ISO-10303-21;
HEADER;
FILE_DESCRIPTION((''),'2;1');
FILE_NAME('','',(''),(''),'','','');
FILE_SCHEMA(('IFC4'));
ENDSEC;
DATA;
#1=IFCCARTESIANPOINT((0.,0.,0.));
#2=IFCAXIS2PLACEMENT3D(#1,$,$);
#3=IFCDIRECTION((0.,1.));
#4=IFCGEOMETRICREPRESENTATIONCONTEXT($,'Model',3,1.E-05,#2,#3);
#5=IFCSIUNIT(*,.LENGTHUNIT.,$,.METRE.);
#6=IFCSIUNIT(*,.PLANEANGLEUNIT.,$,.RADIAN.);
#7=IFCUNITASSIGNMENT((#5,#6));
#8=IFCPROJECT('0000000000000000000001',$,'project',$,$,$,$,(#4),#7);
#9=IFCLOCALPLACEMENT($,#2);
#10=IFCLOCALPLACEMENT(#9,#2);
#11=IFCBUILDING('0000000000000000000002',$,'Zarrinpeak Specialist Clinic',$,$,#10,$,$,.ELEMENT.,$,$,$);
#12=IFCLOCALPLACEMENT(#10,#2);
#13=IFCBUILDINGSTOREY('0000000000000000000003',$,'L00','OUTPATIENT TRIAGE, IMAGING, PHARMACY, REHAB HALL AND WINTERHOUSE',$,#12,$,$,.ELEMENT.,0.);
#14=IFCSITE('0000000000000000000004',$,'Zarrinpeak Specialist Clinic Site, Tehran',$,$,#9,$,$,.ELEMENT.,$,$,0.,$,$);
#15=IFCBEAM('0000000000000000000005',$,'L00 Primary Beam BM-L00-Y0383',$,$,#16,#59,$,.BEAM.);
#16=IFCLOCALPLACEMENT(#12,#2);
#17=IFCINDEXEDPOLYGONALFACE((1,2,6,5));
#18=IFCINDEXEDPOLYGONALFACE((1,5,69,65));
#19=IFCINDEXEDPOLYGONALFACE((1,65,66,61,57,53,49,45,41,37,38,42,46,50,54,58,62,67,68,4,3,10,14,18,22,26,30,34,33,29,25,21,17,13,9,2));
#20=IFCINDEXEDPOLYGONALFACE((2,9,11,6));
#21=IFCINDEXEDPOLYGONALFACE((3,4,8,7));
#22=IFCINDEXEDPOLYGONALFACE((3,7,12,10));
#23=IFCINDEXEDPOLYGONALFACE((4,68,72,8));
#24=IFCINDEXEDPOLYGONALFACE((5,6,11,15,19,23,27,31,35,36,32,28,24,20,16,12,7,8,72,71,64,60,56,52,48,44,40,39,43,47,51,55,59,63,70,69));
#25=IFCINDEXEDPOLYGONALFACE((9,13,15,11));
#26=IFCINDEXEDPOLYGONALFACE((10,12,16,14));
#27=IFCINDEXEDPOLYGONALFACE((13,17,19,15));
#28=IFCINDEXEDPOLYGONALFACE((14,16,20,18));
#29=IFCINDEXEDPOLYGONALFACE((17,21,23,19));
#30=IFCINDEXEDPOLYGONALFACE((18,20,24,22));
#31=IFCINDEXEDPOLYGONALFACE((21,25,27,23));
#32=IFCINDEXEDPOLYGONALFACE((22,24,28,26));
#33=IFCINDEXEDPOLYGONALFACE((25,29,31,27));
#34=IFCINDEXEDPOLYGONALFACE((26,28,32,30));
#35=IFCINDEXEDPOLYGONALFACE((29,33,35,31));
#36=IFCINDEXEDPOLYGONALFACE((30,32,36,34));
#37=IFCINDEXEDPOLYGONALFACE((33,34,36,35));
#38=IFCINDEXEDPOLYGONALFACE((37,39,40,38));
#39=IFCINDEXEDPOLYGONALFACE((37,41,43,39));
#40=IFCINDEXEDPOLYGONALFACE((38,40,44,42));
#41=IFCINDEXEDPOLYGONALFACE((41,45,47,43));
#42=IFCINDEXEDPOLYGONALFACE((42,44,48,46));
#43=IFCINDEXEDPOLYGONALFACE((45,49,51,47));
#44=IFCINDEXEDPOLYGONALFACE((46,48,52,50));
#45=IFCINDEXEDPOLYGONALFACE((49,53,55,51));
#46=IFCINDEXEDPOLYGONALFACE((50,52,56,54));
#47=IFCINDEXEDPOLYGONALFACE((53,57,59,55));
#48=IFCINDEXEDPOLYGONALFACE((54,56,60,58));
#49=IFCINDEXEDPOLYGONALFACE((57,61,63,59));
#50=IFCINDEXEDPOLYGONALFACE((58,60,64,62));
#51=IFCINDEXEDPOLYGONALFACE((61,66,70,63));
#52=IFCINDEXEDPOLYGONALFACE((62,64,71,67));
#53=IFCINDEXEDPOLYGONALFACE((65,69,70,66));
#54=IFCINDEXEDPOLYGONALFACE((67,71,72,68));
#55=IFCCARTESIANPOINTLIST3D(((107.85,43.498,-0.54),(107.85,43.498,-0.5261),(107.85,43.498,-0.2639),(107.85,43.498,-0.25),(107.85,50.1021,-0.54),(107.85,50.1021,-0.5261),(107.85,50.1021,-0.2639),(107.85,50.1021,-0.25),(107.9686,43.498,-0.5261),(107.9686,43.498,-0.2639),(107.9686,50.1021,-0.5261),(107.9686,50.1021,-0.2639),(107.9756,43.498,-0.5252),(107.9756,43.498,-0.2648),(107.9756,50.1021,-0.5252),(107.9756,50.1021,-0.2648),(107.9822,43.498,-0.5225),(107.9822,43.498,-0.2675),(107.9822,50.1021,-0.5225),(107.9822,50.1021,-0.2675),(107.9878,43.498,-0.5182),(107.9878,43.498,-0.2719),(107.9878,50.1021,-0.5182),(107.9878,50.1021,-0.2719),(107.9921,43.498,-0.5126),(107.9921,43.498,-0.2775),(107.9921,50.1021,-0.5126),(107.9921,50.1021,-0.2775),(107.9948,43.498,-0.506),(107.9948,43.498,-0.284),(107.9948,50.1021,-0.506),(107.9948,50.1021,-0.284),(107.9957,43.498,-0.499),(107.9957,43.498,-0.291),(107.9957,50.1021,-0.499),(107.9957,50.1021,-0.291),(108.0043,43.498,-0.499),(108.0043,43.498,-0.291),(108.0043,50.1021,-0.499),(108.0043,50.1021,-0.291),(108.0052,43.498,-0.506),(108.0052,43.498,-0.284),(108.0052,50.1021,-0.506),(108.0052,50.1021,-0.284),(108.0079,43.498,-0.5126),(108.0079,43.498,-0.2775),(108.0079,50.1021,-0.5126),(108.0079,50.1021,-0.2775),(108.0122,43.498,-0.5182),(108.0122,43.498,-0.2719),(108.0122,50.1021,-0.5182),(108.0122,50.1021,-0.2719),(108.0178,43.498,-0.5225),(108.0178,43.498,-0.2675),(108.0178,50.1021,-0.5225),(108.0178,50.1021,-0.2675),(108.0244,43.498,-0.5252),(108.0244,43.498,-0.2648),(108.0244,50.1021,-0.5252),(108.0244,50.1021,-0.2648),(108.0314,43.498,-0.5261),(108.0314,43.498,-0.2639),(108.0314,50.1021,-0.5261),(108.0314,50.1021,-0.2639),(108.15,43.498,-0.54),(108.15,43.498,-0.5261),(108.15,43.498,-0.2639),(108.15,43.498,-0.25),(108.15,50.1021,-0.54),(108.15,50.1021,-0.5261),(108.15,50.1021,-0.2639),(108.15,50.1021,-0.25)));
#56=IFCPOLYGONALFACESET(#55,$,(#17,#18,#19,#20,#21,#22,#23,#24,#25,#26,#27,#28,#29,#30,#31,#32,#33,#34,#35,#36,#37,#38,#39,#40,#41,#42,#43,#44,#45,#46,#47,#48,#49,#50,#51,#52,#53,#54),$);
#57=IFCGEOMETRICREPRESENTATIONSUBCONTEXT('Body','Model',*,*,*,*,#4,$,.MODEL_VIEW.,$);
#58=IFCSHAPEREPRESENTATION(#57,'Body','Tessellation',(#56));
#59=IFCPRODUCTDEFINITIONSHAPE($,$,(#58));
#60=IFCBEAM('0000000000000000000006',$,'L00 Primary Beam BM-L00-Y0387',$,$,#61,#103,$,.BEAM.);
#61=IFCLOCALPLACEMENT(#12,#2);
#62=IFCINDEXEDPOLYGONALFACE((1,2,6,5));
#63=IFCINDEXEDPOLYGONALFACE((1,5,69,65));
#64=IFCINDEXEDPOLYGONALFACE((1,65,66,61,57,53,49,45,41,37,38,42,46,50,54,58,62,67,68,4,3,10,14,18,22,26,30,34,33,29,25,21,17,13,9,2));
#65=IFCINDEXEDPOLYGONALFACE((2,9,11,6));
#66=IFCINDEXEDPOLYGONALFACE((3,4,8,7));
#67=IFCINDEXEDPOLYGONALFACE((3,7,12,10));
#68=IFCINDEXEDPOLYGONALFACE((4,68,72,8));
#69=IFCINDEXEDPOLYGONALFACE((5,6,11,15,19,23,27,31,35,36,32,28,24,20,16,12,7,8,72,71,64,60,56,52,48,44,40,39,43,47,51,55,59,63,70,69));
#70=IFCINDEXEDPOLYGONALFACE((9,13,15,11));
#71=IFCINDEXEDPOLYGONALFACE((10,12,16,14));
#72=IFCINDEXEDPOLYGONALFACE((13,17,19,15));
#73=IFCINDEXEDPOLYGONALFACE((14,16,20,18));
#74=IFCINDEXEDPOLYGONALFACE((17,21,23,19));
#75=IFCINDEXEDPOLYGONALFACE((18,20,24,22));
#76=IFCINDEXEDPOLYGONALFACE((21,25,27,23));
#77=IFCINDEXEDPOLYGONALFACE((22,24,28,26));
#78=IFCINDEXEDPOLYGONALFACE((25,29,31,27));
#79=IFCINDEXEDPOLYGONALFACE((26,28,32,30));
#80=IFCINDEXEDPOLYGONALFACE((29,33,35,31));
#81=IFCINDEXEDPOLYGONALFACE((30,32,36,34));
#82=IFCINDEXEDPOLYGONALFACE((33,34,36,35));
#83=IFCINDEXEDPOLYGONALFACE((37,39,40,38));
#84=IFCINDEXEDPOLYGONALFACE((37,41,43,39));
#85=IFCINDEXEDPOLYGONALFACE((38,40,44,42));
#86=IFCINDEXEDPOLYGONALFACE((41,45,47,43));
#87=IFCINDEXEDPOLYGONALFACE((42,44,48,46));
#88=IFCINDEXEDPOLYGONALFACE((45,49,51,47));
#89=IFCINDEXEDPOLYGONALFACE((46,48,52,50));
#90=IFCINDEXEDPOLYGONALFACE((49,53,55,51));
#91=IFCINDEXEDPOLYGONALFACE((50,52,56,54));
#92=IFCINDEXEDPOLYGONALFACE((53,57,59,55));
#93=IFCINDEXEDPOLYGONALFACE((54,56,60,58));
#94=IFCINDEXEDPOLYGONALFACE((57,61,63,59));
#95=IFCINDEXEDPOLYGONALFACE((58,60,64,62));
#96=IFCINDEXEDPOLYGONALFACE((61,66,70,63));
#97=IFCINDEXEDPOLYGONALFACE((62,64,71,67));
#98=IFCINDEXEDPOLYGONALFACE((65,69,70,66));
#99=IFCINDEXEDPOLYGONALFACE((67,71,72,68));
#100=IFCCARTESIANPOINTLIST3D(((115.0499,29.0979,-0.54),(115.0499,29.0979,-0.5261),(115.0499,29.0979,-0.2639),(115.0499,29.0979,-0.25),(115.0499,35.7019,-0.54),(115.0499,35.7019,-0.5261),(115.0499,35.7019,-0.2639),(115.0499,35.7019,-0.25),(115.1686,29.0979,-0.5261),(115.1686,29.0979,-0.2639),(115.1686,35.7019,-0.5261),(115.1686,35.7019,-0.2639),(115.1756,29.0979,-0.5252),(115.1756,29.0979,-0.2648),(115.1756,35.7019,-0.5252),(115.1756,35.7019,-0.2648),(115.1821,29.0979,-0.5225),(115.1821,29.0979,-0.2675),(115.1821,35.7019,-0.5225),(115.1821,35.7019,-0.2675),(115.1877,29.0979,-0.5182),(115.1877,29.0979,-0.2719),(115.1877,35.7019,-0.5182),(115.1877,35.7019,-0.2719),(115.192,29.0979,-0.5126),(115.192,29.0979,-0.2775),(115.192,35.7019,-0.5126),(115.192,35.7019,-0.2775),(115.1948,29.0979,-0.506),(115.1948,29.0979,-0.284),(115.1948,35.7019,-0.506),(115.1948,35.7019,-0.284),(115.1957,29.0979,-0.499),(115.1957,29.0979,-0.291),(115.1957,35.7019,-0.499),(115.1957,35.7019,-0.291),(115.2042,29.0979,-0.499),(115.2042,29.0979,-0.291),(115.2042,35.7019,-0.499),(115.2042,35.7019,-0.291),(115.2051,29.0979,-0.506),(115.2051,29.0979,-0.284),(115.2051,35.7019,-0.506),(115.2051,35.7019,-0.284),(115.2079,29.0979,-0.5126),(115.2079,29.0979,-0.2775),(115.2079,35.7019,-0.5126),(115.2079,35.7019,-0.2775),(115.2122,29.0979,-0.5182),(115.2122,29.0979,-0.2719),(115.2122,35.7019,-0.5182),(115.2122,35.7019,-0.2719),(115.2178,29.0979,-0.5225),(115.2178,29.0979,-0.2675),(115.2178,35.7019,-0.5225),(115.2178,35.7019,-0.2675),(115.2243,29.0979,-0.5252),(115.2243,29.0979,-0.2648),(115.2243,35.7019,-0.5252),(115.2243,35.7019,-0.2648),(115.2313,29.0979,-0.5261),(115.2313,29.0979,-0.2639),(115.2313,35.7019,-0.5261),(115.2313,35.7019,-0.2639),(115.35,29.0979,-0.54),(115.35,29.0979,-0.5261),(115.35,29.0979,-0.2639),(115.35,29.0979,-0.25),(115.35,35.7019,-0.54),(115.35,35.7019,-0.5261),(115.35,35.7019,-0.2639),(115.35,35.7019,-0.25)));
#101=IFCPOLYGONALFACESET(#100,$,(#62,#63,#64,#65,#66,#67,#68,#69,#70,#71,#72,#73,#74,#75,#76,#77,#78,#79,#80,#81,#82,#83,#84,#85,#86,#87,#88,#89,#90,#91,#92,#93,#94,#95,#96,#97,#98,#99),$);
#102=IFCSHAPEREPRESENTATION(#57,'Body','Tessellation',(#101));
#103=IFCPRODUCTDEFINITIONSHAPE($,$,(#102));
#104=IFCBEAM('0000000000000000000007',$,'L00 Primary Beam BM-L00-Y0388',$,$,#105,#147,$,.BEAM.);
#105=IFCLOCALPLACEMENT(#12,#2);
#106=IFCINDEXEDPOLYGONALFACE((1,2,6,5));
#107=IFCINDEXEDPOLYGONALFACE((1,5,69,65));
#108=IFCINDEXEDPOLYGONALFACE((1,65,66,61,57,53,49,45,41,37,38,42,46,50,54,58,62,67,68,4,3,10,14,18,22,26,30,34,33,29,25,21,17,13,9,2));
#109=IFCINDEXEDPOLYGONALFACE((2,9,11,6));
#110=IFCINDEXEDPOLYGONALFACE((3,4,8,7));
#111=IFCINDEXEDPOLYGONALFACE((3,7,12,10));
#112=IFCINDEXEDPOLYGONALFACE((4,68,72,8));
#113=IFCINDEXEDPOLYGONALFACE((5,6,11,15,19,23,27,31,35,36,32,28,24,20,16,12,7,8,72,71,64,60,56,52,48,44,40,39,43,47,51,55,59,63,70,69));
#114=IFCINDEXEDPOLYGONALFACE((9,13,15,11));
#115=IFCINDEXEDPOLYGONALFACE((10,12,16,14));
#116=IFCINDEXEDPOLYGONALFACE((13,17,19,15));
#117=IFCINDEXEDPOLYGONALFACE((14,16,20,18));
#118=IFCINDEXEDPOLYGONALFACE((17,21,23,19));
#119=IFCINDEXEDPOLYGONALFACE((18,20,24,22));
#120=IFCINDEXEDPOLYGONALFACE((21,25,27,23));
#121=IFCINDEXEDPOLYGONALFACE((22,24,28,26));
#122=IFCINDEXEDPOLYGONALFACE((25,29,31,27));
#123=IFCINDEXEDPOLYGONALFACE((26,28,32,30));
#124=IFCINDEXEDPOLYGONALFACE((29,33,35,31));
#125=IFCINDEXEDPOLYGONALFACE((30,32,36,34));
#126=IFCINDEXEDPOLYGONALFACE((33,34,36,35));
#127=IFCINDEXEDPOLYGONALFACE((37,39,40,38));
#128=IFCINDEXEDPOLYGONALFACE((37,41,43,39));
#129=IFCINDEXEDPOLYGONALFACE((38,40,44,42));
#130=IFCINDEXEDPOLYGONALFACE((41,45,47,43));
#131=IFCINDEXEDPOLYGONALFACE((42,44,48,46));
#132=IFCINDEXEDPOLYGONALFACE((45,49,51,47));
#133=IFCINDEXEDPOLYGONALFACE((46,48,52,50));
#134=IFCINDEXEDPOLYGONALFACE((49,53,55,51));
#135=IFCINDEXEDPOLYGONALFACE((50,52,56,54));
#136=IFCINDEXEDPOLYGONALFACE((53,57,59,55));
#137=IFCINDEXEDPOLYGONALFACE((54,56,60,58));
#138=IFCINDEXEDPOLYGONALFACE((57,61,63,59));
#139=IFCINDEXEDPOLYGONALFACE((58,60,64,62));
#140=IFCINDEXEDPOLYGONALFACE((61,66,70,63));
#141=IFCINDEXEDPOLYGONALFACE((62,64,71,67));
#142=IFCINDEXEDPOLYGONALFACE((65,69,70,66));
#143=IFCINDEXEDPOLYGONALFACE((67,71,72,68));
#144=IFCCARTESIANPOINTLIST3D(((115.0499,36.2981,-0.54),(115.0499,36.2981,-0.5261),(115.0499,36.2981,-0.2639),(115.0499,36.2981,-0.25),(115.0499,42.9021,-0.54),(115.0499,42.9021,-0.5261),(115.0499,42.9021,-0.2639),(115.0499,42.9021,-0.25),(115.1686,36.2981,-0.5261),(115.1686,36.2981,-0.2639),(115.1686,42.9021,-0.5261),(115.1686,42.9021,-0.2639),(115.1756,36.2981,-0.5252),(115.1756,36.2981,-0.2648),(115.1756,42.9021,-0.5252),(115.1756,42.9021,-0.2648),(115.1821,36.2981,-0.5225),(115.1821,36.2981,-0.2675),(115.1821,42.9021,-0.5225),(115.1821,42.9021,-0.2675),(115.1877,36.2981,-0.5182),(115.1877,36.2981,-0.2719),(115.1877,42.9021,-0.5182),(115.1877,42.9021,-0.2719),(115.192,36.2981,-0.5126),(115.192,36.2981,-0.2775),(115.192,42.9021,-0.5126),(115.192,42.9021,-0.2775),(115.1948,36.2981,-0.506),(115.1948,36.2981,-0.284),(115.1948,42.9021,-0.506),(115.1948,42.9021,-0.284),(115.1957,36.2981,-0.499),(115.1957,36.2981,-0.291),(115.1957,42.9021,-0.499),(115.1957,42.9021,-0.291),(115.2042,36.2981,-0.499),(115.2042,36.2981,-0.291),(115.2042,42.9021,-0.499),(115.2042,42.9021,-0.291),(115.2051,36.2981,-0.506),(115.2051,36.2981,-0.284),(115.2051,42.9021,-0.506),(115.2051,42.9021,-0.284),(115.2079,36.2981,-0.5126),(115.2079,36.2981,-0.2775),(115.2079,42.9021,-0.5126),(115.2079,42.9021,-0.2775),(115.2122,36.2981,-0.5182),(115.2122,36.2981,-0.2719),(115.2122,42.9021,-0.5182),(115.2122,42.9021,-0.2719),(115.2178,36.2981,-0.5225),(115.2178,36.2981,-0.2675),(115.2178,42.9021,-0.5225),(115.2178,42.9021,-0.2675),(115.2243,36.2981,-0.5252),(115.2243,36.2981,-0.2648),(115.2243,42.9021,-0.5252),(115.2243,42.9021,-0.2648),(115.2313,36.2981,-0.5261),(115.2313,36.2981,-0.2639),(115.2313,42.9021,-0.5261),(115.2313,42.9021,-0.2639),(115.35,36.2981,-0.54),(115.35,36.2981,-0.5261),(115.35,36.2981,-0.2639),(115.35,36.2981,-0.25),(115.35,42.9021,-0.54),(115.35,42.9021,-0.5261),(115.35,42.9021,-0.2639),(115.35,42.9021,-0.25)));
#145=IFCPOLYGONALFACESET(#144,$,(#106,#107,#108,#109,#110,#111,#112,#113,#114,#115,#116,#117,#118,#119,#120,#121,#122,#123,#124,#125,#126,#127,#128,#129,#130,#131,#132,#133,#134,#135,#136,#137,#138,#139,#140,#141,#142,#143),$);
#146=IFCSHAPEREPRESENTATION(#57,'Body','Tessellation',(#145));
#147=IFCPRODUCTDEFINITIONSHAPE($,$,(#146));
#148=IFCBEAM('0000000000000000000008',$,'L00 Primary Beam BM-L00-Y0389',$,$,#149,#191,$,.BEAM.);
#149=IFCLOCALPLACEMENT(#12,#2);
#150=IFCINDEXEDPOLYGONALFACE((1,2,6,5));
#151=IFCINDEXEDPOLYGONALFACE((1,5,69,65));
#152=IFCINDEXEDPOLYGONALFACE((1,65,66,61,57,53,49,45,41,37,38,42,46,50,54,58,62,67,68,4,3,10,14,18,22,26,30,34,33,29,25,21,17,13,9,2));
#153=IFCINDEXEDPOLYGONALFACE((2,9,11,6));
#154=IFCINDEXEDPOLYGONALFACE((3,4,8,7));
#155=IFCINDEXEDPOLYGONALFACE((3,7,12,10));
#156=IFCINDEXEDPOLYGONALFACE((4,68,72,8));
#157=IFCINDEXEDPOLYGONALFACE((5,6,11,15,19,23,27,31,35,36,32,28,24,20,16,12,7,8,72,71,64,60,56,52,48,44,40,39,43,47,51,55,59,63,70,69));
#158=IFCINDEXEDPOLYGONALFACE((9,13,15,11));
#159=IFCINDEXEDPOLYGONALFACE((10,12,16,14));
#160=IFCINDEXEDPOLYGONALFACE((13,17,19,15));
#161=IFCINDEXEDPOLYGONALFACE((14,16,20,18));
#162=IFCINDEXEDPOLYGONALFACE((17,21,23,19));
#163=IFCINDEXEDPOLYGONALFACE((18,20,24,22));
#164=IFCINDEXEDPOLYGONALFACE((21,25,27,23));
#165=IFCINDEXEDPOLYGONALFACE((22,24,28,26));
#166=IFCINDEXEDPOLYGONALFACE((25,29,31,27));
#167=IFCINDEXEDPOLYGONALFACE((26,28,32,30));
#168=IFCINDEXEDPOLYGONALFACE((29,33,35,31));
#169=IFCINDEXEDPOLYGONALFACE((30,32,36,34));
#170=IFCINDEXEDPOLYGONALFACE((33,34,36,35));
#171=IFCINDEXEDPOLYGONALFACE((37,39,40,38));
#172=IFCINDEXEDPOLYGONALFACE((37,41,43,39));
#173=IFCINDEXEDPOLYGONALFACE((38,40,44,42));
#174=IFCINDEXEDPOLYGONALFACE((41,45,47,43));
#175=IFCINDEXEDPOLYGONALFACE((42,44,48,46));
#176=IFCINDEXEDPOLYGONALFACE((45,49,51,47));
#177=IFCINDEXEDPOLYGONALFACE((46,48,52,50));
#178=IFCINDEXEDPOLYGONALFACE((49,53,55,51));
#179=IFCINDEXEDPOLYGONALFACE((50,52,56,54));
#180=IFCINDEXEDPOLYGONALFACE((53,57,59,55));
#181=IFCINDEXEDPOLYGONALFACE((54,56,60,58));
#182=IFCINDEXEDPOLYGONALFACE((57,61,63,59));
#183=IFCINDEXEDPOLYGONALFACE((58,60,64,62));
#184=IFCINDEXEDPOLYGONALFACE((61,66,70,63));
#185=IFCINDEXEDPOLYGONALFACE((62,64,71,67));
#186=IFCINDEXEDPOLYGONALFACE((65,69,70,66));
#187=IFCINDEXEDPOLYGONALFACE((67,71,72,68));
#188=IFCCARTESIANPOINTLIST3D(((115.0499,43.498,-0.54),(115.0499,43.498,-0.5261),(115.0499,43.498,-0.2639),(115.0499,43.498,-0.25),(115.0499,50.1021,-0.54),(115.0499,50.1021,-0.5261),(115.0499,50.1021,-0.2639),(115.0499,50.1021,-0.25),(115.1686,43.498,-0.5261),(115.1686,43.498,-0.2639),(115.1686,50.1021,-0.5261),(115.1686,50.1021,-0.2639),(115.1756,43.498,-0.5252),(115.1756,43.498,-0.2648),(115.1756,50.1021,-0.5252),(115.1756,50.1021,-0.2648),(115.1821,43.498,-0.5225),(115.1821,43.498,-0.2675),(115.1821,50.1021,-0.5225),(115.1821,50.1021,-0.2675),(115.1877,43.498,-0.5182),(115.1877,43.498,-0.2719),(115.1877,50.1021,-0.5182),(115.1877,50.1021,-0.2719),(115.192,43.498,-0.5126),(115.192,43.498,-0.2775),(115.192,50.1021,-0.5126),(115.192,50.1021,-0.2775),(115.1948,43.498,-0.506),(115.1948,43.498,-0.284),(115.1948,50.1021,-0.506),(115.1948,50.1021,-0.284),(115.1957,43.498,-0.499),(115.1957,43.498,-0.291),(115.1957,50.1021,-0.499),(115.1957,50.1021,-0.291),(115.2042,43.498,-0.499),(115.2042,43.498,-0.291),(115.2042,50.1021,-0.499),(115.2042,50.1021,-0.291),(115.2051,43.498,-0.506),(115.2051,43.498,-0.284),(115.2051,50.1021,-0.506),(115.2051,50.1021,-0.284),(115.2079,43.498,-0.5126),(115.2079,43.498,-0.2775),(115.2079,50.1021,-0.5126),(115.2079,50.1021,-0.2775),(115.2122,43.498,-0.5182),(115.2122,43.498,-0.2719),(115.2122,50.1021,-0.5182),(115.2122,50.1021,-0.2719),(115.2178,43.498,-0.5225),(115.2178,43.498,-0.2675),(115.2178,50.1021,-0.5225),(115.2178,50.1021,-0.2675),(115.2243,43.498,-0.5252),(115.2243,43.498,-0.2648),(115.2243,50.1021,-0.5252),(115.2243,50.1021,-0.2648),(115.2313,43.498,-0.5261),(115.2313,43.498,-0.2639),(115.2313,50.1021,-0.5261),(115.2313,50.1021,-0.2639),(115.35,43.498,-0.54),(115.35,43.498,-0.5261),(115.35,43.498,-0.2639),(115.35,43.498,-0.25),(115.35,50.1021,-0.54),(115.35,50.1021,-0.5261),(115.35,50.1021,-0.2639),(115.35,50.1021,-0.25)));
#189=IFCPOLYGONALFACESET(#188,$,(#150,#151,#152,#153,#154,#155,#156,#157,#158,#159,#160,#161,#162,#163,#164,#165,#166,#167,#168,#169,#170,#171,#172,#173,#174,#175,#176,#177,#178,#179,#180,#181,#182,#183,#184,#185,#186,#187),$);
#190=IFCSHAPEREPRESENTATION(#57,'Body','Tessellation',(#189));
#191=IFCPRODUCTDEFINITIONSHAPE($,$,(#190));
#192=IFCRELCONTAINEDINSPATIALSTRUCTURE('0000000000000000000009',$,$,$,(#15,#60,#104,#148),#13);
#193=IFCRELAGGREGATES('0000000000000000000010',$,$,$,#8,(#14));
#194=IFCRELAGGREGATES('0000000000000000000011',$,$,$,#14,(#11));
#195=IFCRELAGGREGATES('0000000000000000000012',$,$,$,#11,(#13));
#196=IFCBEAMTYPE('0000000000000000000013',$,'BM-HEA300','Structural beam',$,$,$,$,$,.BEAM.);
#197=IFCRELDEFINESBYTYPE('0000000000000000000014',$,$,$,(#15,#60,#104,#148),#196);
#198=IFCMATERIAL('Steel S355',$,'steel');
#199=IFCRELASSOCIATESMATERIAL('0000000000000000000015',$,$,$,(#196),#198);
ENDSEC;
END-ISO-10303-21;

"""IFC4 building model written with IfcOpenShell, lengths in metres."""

from ifc_helpers import new_model, si_unit, direction, frame, origin, origin_2d, place, context, subcontext, project, spatial, i_section, extrude, material, material_profile, profile_set, type_object, element, save


model = new_model("IFC4")

# Units and contexts
model_context = context("Model", 3, precision=1e-05, world=origin(), true_north=direction((0.0, 1.0)))
body_context = subcontext(model_context, "Body", "Model", "MODEL_VIEW")
ifc_project = project(units=[si_unit("LENGTHUNIT", "METRE"), si_unit("PLANEANGLEUNIT", "RADIAN")], contexts=[model_context])

# Site, building, storey
site_placement = place(None, origin())
site = spatial("IfcSite", under=ifc_project, at=site_placement, Name="Zarrinpeak Specialist Clinic Site, Tehran", CompositionType="ELEMENT", RefElevation=0.0)
building_placement = place(site_placement, origin())
building = spatial("IfcBuilding", under=site, at=building_placement, Name="Zarrinpeak Specialist Clinic", CompositionType="ELEMENT")
storey_placement = place(building_placement, origin())
storey = spatial("IfcBuildingStorey", under=building, at=storey_placement, Name="L00", Description="OUTPATIENT TRIAGE, IMAGING, PHARMACY, REHAB HALL AND WINTERHOUSE", CompositionType="ELEMENT", Elevation=0.0)

# Shared definitions
ifc_material_1 = material(Name="Steel S355", Category="steel")

# Beams
ifc_material_profile_1 = material_profile(ifc_material_1, i_section(OverallWidth=0.3, OverallDepth=0.29, WebThickness=0.0085, FlangeThickness=0.0139, FilletRadius=0.0271, at=origin_2d()), Name="HEA 300")
ifc_profile_set_1 = profile_set([ifc_material_profile_1], Name="Steel S355")
beam_type_1 = type_object("IfcBeamType", Name="BM-HEA300", Description="Structural beam", PredefinedType="BEAM", material=ifc_profile_set_1)
for number, where, z_axis, x_axis, name in (
    (1, (108.0, 43.498, -0.395), (0.0, 1.0, 0.0), (-1.0, 0.0, 0.0), "L00 Primary Beam BM-L00-Y0383"),
    (2, (115.2, 29.0979, -0.395), (0.0, 1.0, 0.0), (-1.0, 0.0, 0.0), "L00 Primary Beam BM-L00-Y0387"),
    (3, (115.2, 36.2981, -0.395), (0.0, 1.0, 0.0), (-1.0, 0.0, 0.0), "L00 Primary Beam BM-L00-Y0388"),
    (4, (115.2, 43.498, -0.395), (0.0, 1.0, 0.0), (-1.0, 0.0, 0.0), "L00 Primary Beam BM-L00-Y0389"),
):
    element("IfcBeam", number, at=place(storey_placement, frame(where, z_axis=z_axis, x_axis=x_axis)), inside=storey, type_object=beam_type_1, Name=name, PredefinedType="BEAM", context=body_context, shape_type="SweptSolid", body=[
        extrude(i_section(OverallWidth=0.3, OverallDepth=0.29, WebThickness=0.0085, FlangeThickness=0.0139, FilletRadius=0.0271, at=origin_2d()), origin(), (0.0, 0.0, 1.0), 6.604),
    ])

save(model, "model.ifc")
